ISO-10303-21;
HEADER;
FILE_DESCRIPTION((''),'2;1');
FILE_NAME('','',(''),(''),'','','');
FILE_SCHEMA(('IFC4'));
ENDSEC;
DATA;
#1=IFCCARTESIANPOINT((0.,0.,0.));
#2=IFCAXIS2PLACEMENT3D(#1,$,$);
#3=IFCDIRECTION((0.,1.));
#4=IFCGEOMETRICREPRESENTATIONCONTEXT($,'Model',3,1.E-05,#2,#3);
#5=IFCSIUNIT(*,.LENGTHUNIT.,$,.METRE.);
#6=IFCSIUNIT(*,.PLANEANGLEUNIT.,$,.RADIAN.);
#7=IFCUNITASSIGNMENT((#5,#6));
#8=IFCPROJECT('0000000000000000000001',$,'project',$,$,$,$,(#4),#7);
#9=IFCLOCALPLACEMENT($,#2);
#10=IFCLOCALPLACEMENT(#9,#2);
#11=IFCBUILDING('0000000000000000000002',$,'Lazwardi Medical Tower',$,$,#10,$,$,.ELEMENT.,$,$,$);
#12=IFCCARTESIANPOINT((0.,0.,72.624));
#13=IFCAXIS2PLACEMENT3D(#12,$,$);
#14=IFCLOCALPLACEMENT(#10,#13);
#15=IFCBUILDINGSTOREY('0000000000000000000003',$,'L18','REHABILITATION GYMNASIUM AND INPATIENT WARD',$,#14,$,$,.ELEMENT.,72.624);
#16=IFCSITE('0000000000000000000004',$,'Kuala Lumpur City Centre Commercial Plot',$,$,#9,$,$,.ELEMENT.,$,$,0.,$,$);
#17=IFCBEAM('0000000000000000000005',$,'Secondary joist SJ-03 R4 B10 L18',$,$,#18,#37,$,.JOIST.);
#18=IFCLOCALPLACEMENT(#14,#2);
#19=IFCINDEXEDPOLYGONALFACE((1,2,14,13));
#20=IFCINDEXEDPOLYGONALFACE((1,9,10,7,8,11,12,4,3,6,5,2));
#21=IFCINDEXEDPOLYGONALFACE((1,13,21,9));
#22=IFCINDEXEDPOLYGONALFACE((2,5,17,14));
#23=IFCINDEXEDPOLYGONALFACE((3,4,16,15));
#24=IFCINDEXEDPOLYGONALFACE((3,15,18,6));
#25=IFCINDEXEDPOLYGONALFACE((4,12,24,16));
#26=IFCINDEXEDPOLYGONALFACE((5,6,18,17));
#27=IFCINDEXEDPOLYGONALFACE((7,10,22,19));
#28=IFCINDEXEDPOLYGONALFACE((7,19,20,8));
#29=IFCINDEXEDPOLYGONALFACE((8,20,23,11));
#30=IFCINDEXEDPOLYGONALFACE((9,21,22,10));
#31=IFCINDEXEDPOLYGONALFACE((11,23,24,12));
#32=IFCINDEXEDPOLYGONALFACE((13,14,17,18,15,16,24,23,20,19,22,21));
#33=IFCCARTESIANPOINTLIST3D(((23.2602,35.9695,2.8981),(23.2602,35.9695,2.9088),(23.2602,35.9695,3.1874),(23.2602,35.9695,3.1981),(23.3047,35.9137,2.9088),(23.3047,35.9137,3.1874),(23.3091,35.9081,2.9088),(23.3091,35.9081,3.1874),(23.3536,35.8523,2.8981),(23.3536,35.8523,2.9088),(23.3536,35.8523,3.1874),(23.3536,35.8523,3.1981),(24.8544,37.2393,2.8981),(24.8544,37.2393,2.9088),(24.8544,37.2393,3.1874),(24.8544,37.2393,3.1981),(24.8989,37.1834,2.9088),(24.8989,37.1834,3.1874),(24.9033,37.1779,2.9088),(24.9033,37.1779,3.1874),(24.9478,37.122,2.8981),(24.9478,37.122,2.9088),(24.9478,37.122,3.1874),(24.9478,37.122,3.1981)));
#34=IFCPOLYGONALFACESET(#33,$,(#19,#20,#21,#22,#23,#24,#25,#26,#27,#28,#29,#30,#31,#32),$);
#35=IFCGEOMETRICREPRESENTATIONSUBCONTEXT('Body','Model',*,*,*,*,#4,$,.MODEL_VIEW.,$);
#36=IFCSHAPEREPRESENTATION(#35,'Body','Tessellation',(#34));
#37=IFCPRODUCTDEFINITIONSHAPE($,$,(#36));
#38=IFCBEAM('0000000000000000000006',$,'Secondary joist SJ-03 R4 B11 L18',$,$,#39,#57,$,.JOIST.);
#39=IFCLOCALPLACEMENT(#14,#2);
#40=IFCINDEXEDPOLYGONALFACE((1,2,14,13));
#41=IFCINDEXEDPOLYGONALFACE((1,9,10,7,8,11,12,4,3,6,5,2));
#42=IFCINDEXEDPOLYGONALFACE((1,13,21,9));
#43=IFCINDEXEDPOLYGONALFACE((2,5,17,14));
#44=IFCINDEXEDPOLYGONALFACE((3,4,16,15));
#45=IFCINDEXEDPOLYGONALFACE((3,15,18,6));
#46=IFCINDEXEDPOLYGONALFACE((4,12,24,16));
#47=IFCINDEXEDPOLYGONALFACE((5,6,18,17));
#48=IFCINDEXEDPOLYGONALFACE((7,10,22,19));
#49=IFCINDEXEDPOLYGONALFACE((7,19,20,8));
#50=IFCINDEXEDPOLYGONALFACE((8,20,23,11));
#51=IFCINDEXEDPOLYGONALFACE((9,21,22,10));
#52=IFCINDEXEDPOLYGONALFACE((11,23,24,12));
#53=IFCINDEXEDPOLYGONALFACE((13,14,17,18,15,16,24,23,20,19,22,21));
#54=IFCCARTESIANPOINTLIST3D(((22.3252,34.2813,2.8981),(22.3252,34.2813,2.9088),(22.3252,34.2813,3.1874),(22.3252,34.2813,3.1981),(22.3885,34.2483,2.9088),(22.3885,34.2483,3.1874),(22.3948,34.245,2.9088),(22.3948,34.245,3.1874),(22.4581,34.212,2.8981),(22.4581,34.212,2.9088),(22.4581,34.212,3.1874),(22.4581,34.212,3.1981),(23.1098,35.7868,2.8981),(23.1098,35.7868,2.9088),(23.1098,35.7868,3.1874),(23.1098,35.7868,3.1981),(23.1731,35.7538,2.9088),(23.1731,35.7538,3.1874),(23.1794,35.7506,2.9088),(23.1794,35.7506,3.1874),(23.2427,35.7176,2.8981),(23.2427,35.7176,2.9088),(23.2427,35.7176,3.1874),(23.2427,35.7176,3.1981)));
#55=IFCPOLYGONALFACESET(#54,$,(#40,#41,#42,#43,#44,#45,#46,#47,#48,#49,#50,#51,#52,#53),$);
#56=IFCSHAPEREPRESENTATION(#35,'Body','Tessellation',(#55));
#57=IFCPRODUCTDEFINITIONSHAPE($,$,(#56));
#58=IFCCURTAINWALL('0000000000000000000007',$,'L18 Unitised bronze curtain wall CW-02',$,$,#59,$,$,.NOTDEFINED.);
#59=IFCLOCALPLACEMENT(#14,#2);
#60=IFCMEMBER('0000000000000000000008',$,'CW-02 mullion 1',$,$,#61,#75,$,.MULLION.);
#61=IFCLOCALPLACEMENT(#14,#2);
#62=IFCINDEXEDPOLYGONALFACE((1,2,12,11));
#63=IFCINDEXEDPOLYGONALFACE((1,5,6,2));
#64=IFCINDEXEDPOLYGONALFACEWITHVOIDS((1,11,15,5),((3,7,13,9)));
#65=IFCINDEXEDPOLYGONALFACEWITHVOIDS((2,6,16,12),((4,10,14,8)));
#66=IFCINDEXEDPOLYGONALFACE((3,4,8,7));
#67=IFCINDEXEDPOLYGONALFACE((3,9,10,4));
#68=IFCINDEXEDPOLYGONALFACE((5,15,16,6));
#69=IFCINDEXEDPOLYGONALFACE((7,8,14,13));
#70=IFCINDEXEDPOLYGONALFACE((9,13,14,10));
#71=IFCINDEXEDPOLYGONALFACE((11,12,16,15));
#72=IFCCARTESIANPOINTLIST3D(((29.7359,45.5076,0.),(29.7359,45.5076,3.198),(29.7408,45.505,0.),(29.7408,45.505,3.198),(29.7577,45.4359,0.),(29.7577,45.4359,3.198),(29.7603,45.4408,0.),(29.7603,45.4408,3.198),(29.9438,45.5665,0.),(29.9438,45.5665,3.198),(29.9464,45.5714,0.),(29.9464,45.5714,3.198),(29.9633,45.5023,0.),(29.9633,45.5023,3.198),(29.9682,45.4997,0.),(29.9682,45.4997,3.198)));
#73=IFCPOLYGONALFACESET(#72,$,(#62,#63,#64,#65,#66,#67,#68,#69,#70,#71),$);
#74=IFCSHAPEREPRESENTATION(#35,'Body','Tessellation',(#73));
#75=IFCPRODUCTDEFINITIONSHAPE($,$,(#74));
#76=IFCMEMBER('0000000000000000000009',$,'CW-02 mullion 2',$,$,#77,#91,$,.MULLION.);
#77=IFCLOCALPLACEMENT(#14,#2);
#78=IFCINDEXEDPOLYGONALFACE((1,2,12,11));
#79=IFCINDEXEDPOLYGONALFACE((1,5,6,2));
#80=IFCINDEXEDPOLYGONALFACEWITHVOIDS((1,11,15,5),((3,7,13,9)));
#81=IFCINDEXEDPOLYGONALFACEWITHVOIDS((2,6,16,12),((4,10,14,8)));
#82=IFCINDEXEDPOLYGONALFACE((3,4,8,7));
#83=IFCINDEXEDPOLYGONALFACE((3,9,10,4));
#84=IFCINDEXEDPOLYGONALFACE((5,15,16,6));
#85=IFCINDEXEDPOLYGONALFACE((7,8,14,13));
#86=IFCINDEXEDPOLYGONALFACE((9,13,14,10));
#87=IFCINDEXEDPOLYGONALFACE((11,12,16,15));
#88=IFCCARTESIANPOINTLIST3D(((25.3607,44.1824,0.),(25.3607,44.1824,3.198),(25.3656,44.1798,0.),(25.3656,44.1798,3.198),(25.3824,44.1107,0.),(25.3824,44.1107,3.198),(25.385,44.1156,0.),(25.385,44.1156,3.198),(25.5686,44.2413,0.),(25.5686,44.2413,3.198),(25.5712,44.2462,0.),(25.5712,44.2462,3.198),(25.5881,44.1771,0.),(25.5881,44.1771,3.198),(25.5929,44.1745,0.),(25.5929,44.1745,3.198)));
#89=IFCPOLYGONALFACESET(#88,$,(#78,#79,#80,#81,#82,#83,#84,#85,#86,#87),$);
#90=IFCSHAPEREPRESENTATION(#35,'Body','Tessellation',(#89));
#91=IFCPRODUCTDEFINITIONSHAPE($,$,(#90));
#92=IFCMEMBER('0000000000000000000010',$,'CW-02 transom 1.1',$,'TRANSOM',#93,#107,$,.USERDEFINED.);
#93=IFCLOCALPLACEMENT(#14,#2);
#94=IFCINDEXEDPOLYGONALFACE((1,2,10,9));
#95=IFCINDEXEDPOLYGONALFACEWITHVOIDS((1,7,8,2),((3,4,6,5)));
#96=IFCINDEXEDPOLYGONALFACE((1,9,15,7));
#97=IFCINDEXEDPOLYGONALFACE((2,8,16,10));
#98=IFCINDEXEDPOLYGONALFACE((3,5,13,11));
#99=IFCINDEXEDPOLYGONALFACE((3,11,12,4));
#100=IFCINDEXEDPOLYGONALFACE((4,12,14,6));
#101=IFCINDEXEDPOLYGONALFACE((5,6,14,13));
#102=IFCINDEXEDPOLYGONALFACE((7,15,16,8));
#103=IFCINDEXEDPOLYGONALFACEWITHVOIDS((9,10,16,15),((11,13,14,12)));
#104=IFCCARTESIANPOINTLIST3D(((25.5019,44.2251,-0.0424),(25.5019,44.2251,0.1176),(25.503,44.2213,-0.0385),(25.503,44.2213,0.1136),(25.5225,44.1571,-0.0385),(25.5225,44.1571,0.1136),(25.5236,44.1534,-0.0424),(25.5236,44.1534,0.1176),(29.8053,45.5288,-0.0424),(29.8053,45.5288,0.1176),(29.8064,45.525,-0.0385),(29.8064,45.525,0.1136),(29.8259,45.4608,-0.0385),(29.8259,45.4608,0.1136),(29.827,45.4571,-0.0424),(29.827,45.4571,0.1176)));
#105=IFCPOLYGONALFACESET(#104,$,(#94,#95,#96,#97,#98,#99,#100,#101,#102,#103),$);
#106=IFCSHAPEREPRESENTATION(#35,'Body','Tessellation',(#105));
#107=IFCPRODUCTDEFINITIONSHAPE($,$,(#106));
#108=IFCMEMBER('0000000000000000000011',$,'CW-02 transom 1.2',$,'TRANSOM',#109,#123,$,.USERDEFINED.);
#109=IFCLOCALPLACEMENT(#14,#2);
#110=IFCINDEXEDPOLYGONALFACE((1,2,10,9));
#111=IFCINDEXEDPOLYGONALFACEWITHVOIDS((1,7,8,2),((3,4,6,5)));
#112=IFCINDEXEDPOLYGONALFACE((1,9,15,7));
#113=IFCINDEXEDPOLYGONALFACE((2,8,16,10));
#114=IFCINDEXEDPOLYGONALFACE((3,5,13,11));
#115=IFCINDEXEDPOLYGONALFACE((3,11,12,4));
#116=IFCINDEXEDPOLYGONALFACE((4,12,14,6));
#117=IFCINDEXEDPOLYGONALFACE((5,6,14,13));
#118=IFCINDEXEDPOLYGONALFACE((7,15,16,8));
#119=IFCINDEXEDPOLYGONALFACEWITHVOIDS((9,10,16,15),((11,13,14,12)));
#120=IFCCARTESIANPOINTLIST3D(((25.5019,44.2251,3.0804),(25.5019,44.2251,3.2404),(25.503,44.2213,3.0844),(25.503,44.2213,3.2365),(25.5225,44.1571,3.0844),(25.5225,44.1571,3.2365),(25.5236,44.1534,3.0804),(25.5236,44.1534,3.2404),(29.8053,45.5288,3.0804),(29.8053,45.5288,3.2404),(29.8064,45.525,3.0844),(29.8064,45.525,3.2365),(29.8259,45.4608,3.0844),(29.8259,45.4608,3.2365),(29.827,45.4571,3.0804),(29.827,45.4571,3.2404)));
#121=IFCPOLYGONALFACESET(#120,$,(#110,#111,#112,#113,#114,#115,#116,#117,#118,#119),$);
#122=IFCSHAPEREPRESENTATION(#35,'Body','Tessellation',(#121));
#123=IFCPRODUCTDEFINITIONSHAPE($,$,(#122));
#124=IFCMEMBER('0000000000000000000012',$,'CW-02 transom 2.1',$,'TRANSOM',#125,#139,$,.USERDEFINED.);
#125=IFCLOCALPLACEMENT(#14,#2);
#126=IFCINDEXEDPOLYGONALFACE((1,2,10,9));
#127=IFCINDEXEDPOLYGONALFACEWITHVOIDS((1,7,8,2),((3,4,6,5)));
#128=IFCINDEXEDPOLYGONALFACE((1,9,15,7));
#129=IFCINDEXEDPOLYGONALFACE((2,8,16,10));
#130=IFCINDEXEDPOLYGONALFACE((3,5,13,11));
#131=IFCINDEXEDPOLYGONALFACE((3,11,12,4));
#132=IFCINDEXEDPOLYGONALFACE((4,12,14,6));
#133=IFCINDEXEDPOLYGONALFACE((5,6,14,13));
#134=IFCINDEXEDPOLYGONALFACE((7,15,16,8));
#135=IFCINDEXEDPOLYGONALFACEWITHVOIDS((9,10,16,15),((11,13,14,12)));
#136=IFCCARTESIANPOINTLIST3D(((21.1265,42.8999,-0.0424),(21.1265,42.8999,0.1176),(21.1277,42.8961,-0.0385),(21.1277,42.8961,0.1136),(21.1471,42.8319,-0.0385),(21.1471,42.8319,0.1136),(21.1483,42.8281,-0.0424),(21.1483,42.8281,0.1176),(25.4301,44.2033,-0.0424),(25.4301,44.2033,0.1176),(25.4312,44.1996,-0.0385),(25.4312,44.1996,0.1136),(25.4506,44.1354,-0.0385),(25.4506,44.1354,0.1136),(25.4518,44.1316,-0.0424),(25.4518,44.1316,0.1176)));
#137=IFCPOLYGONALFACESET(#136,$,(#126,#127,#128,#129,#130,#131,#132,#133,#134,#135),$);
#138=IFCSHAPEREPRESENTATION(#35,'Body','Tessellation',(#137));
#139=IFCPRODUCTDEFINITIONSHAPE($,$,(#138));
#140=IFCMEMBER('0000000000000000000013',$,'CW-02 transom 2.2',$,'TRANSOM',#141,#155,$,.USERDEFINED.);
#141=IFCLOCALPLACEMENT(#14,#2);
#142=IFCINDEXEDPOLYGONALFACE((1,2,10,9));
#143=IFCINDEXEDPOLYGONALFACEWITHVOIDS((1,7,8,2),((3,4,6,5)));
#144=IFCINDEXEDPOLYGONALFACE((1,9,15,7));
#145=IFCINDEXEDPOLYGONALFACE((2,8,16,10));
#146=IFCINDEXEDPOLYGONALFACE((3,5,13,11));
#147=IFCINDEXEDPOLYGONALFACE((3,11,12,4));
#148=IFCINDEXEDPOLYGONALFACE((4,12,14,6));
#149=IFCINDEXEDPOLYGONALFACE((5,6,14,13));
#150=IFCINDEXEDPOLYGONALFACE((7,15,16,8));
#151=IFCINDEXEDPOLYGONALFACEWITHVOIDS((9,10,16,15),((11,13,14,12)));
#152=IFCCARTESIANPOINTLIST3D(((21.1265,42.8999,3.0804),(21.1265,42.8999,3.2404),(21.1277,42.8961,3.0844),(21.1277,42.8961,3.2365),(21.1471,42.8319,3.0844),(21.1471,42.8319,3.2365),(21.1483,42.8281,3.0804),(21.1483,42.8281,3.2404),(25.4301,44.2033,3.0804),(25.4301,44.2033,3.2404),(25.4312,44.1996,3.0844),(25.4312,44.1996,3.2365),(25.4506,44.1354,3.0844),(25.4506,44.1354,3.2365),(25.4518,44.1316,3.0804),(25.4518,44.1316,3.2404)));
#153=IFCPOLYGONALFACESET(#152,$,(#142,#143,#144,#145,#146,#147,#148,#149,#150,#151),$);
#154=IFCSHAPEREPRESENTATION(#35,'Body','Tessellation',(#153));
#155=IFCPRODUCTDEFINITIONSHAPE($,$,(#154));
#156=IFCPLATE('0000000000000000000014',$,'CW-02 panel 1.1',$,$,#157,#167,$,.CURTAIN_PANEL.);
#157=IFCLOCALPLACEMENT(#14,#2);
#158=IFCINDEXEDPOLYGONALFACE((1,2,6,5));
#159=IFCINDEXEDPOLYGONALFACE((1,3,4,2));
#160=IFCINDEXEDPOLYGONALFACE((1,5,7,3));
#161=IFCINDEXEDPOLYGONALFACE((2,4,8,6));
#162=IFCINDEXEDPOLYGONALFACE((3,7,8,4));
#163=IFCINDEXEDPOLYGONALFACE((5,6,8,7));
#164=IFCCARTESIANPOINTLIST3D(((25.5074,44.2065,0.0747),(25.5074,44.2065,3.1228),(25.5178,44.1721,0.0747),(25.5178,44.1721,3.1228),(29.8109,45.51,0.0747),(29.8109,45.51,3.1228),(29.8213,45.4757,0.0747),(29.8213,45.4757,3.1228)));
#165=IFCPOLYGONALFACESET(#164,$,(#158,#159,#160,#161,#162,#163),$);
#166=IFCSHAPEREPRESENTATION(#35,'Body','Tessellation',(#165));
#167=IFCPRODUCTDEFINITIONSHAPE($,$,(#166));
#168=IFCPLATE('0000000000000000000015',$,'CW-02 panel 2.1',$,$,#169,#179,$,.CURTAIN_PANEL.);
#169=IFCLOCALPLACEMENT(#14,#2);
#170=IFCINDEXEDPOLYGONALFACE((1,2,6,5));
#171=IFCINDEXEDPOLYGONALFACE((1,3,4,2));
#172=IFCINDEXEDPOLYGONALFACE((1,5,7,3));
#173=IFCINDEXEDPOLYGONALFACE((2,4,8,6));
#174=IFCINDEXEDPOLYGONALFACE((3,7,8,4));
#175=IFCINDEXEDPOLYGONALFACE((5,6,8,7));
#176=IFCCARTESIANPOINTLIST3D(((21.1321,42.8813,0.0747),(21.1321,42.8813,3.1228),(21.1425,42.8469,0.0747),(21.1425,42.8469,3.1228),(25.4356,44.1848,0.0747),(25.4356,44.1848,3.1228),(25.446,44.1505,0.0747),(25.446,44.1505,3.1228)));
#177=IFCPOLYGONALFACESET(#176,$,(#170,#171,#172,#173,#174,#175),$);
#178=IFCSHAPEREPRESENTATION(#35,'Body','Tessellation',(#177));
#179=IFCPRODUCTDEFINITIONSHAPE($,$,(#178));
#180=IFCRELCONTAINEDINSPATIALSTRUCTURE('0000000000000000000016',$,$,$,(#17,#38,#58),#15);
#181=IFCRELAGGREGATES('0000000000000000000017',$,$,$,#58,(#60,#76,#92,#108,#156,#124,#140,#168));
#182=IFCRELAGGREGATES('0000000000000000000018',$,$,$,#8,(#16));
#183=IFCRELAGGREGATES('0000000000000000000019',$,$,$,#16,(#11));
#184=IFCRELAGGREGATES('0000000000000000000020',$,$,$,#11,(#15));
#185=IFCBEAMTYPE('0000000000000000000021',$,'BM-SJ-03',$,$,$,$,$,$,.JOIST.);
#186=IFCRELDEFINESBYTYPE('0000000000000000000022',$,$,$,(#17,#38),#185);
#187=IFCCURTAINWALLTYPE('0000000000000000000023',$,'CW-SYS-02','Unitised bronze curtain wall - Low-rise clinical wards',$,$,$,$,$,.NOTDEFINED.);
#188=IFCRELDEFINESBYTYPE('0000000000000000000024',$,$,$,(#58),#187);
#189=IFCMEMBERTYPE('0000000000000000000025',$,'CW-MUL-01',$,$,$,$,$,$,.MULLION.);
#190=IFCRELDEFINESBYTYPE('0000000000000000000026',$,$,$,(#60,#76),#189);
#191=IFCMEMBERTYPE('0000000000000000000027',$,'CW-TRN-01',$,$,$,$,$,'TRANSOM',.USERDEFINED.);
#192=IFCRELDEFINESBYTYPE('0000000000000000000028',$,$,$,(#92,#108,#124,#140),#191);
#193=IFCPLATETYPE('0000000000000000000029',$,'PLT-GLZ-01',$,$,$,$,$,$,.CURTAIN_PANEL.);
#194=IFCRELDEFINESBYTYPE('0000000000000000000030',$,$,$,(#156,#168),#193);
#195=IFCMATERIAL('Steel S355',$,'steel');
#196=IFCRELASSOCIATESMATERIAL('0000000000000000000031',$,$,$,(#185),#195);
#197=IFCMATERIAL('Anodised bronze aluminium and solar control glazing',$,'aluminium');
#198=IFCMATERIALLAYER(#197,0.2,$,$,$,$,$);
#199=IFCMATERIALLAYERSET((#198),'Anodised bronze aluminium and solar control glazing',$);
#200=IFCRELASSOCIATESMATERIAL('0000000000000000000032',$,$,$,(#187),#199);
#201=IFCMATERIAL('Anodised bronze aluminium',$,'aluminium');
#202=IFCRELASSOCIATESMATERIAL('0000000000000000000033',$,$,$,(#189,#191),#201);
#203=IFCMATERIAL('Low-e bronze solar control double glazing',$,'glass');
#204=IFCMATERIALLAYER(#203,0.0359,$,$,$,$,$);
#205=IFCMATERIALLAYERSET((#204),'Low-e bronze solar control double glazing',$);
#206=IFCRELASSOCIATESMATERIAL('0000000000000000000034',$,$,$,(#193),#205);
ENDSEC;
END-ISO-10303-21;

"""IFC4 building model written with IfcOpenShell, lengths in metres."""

from ifc_helpers import new_model, si_unit, direction, frame, origin, origin_2d, place, context, subcontext, project, spatial, rectangle, hollow_rectangle, i_section, extrude, material, layer, layer_set, material_profile, profile_set, type_object, element, aggregate, save


model = new_model("IFC4")

# Units and contexts
model_context = context("Model", 3, precision=1e-05, world=origin(), true_north=direction((0.0, 1.0)))
body_context = subcontext(model_context, "Body", "Model", "MODEL_VIEW")
ifc_project = project(units=[si_unit("LENGTHUNIT", "METRE"), si_unit("PLANEANGLEUNIT", "RADIAN")], contexts=[model_context])

# Site, building, storey
site_placement = place(None, origin())
site = spatial("IfcSite", under=ifc_project, at=site_placement, Name="Kuala Lumpur City Centre Commercial Plot", CompositionType="ELEMENT", RefElevation=0.0)
building_placement = place(site_placement, origin())
building = spatial("IfcBuilding", under=site, at=building_placement, Name="Lazwardi Medical Tower", CompositionType="ELEMENT")
storey_placement = place(building_placement, frame((0.0, 0.0, 72.624)))
storey = spatial("IfcBuildingStorey", under=building, at=storey_placement, Name="L18", Description="REHABILITATION GYMNASIUM AND INPATIENT WARD", CompositionType="ELEMENT", Elevation=72.624)

# Beams
ifc_material_1 = material(Name="Steel S355", Category="steel")
ifc_material_profile_1 = material_profile(ifc_material_1, i_section(OverallWidth=0.1499, OverallDepth=0.3, WebThickness=0.0071, FlangeThickness=0.0107, at=origin_2d()), Name="IPE 300")
ifc_profile_set_1 = profile_set([ifc_material_profile_1], Name="Steel S355")
beam_type_1 = type_object("IfcBeamType", Name="BM-SJ-03", PredefinedType="JOIST", material=ifc_profile_set_1)
beam_1_placement = place(storey_placement, frame((24.9011, 37.1807, 3.0481), z_axis=(-0.782211, -0.623014, 0.0), x_axis=(0.623014, -0.782211, 0.0)))
element("IfcBeam", 1, at=beam_1_placement, inside=storey, type_object=beam_type_1, Name="Secondary joist SJ-03 R4 B10 L18", PredefinedType="JOIST", context=body_context, shape_type="SweptSolid", body=[
    extrude(i_section(OverallWidth=0.1499, OverallDepth=0.3, WebThickness=0.0071, FlangeThickness=0.0107, at=origin_2d()), origin(), (0.0, 0.0, 1.0), 2.0381),
])
beam_2_placement = place(storey_placement, frame((23.1763, 35.7522, 3.0481), z_axis=(-0.462163, -0.886795, 0.0), x_axis=(0.886795, -0.462163, 0.0)))
element("IfcBeam", 2, at=beam_2_placement, inside=storey, type_object=beam_type_1, Name="Secondary joist SJ-03 R4 B11 L18", PredefinedType="JOIST", context=body_context, shape_type="SweptSolid", body=[
    extrude(i_section(OverallWidth=0.1499, OverallDepth=0.3, WebThickness=0.0071, FlangeThickness=0.0107, at=origin_2d()), origin(), (0.0, 0.0, 1.0), 1.6978),
])

# Curtain wall, members, plates
ifc_material_2 = material(Name="Anodised bronze aluminium and solar control glazing", Category="aluminium")
ifc_layer_1 = layer(ifc_material_2, 0.2)
ifc_layer_set_1 = layer_set([ifc_layer_1], Name="Anodised bronze aluminium and solar control glazing")
curtain_wall_type = type_object("IfcCurtainWallType", Name="CW-SYS-02", Description="Unitised bronze curtain wall - Low-rise clinical wards", PredefinedType="NOTDEFINED", material=ifc_layer_set_1)
curtain_wall_placement = place(storey_placement, origin())
curtain_wall = element("IfcCurtainWall", 3, at=curtain_wall_placement, inside=storey, type_object=curtain_wall_type, Name="L18 Unitised bronze curtain wall CW-02", PredefinedType="NOTDEFINED")
ifc_material_3 = material(Name="Anodised bronze aluminium", Category="aluminium")
ifc_material_profile_2 = material_profile(ifc_material_3, hollow_rectangle(XDim=0.075, YDim=0.22, WallThickness=0.0039, at=origin_2d()), Name="ALU-MULLION 220x75x4")
ifc_profile_set_2 = profile_set([ifc_material_profile_2], Name="Anodised bronze aluminium")
member_type_1 = type_object("IfcMemberType", Name="CW-MUL-01", PredefinedType="MULLION", material=ifc_profile_set_2)
member_1_placement = place(storey_placement, frame((29.8521, 45.5037, 0.0), z_axis=(0.0, 0.0, 1.0), x_axis=(0.289896, -0.957058, 0.0)))
member_1 = element("IfcMember", 4, at=member_1_placement, type_object=member_type_1, Name="CW-02 mullion 1", PredefinedType="MULLION", context=body_context, shape_type="SweptSolid", body=[
    extrude(hollow_rectangle(XDim=0.075, YDim=0.22, WallThickness=0.0039, at=origin_2d()), origin(), (0.0, 0.0, 1.0), 3.198),
])
member_2_placement = place(storey_placement, frame((25.4768, 44.1785, 0.0), z_axis=(0.0, 0.0, 1.0), x_axis=(0.289896, -0.957058, 0.0)))
member_2 = element("IfcMember", 5, at=member_2_placement, type_object=member_type_1, Name="CW-02 mullion 2", PredefinedType="MULLION", context=body_context, shape_type="SweptSolid", body=[
    extrude(hollow_rectangle(XDim=0.075, YDim=0.22, WallThickness=0.0039, at=origin_2d()), origin(), (0.0, 0.0, 1.0), 3.198),
])
ifc_material_profile_3 = material_profile(ifc_material_3, hollow_rectangle(XDim=0.075, YDim=0.1599, WallThickness=0.0039, at=origin_2d()), Name="ALU-TRANSOM 160x75x4")
ifc_profile_set_3 = profile_set([ifc_material_profile_3], Name="Anodised bronze aluminium")
member_type_2 = type_object("IfcMemberType", Name="CW-TRN-01", ElementType="TRANSOM", PredefinedType="USERDEFINED", material=ifc_profile_set_3)
member_3_placement = place(storey_placement, frame((29.8162, 45.4929, 0.0376), z_axis=(-0.957047, -0.289932, 0.0), x_axis=(0.289932, -0.957047, 0.0)))
member_3 = element("IfcMember", 6, at=member_3_placement, type_object=member_type_2, Name="CW-02 transom 1.1", ObjectType="TRANSOM", PredefinedType="USERDEFINED", context=body_context, shape_type="SweptSolid", body=[
    extrude(hollow_rectangle(XDim=0.075, YDim=0.1599, WallThickness=0.0039, at=origin_2d()), origin(), (0.0, 0.0, 1.0), 4.4966),
])
member_4_placement = place(storey_placement, frame((29.8162, 45.4929, 3.1604), z_axis=(-0.957047, -0.289932, 0.0), x_axis=(0.289932, -0.957047, 0.0)))
member_4 = element("IfcMember", 7, at=member_4_placement, type_object=member_type_2, Name="CW-02 transom 1.2", ObjectType="TRANSOM", PredefinedType="USERDEFINED", context=body_context, shape_type="SweptSolid", body=[
    extrude(hollow_rectangle(XDim=0.075, YDim=0.1599, WallThickness=0.0039, at=origin_2d()), origin(), (0.0, 0.0, 1.0), 4.4966),
])
member_5_placement = place(storey_placement, frame((25.4409, 44.1675, 0.0376), z_axis=(-0.957062, -0.289882, 0.0), x_axis=(0.289882, -0.957062, 0.0)))
member_5 = element("IfcMember", 8, at=member_5_placement, type_object=member_type_2, Name="CW-02 transom 2.1", ObjectType="TRANSOM", PredefinedType="USERDEFINED", context=body_context, shape_type="SweptSolid", body=[
    extrude(hollow_rectangle(XDim=0.075, YDim=0.1599, WallThickness=0.0039, at=origin_2d()), origin(), (0.0, 0.0, 1.0), 4.4966),
])
member_6_placement = place(storey_placement, frame((25.4409, 44.1675, 3.1604), z_axis=(-0.957062, -0.289882, 0.0), x_axis=(0.289882, -0.957062, 0.0)))
member_6 = element("IfcMember", 9, at=member_6_placement, type_object=member_type_2, Name="CW-02 transom 2.2", ObjectType="TRANSOM", PredefinedType="USERDEFINED", context=body_context, shape_type="SweptSolid", body=[
    extrude(hollow_rectangle(XDim=0.075, YDim=0.1599, WallThickness=0.0039, at=origin_2d()), origin(), (0.0, 0.0, 1.0), 4.4966),
])
ifc_material_4 = material(Name="Low-e bronze solar control double glazing", Category="glass")
ifc_layer_2 = layer(ifc_material_4, 0.0359)
ifc_layer_set_2 = layer_set([ifc_layer_2], Name="Low-e bronze solar control double glazing")
plate_type = type_object("IfcPlateType", Name="PLT-GLZ-01", PredefinedType="CURTAIN_PANEL", material=ifc_layer_set_2)
plate_1_placement = place(storey_placement, frame((27.6643, 44.8411, 0.0747), z_axis=(0.0, 0.0, 1.0), x_axis=(-0.957058, -0.289896, 0.0)))
plate_1 = element("IfcPlate", 10, at=plate_1_placement, type_object=plate_type, Name="CW-02 panel 1.1", PredefinedType="CURTAIN_PANEL", context=body_context, shape_type="SweptSolid", body=[
    extrude(rectangle(XDim=4.4966, YDim=0.0359, at=origin_2d()), origin(), (0.0, 0.0, 1.0), 3.0481),
])
plate_2_placement = place(storey_placement, frame((23.2891, 43.5159, 0.0747), z_axis=(0.0, 0.0, 1.0), x_axis=(-0.957058, -0.289896, 0.0)))
plate_2 = element("IfcPlate", 11, at=plate_2_placement, type_object=plate_type, Name="CW-02 panel 2.1", PredefinedType="CURTAIN_PANEL", context=body_context, shape_type="SweptSolid", body=[
    extrude(rectangle(XDim=4.4966, YDim=0.0359, at=origin_2d()), origin(), (0.0, 0.0, 1.0), 3.0481),
])
aggregate(curtain_wall, [member_1, member_2, member_3, member_4, plate_1, member_5, member_6, plate_2])

save(model, "model.ifc")
